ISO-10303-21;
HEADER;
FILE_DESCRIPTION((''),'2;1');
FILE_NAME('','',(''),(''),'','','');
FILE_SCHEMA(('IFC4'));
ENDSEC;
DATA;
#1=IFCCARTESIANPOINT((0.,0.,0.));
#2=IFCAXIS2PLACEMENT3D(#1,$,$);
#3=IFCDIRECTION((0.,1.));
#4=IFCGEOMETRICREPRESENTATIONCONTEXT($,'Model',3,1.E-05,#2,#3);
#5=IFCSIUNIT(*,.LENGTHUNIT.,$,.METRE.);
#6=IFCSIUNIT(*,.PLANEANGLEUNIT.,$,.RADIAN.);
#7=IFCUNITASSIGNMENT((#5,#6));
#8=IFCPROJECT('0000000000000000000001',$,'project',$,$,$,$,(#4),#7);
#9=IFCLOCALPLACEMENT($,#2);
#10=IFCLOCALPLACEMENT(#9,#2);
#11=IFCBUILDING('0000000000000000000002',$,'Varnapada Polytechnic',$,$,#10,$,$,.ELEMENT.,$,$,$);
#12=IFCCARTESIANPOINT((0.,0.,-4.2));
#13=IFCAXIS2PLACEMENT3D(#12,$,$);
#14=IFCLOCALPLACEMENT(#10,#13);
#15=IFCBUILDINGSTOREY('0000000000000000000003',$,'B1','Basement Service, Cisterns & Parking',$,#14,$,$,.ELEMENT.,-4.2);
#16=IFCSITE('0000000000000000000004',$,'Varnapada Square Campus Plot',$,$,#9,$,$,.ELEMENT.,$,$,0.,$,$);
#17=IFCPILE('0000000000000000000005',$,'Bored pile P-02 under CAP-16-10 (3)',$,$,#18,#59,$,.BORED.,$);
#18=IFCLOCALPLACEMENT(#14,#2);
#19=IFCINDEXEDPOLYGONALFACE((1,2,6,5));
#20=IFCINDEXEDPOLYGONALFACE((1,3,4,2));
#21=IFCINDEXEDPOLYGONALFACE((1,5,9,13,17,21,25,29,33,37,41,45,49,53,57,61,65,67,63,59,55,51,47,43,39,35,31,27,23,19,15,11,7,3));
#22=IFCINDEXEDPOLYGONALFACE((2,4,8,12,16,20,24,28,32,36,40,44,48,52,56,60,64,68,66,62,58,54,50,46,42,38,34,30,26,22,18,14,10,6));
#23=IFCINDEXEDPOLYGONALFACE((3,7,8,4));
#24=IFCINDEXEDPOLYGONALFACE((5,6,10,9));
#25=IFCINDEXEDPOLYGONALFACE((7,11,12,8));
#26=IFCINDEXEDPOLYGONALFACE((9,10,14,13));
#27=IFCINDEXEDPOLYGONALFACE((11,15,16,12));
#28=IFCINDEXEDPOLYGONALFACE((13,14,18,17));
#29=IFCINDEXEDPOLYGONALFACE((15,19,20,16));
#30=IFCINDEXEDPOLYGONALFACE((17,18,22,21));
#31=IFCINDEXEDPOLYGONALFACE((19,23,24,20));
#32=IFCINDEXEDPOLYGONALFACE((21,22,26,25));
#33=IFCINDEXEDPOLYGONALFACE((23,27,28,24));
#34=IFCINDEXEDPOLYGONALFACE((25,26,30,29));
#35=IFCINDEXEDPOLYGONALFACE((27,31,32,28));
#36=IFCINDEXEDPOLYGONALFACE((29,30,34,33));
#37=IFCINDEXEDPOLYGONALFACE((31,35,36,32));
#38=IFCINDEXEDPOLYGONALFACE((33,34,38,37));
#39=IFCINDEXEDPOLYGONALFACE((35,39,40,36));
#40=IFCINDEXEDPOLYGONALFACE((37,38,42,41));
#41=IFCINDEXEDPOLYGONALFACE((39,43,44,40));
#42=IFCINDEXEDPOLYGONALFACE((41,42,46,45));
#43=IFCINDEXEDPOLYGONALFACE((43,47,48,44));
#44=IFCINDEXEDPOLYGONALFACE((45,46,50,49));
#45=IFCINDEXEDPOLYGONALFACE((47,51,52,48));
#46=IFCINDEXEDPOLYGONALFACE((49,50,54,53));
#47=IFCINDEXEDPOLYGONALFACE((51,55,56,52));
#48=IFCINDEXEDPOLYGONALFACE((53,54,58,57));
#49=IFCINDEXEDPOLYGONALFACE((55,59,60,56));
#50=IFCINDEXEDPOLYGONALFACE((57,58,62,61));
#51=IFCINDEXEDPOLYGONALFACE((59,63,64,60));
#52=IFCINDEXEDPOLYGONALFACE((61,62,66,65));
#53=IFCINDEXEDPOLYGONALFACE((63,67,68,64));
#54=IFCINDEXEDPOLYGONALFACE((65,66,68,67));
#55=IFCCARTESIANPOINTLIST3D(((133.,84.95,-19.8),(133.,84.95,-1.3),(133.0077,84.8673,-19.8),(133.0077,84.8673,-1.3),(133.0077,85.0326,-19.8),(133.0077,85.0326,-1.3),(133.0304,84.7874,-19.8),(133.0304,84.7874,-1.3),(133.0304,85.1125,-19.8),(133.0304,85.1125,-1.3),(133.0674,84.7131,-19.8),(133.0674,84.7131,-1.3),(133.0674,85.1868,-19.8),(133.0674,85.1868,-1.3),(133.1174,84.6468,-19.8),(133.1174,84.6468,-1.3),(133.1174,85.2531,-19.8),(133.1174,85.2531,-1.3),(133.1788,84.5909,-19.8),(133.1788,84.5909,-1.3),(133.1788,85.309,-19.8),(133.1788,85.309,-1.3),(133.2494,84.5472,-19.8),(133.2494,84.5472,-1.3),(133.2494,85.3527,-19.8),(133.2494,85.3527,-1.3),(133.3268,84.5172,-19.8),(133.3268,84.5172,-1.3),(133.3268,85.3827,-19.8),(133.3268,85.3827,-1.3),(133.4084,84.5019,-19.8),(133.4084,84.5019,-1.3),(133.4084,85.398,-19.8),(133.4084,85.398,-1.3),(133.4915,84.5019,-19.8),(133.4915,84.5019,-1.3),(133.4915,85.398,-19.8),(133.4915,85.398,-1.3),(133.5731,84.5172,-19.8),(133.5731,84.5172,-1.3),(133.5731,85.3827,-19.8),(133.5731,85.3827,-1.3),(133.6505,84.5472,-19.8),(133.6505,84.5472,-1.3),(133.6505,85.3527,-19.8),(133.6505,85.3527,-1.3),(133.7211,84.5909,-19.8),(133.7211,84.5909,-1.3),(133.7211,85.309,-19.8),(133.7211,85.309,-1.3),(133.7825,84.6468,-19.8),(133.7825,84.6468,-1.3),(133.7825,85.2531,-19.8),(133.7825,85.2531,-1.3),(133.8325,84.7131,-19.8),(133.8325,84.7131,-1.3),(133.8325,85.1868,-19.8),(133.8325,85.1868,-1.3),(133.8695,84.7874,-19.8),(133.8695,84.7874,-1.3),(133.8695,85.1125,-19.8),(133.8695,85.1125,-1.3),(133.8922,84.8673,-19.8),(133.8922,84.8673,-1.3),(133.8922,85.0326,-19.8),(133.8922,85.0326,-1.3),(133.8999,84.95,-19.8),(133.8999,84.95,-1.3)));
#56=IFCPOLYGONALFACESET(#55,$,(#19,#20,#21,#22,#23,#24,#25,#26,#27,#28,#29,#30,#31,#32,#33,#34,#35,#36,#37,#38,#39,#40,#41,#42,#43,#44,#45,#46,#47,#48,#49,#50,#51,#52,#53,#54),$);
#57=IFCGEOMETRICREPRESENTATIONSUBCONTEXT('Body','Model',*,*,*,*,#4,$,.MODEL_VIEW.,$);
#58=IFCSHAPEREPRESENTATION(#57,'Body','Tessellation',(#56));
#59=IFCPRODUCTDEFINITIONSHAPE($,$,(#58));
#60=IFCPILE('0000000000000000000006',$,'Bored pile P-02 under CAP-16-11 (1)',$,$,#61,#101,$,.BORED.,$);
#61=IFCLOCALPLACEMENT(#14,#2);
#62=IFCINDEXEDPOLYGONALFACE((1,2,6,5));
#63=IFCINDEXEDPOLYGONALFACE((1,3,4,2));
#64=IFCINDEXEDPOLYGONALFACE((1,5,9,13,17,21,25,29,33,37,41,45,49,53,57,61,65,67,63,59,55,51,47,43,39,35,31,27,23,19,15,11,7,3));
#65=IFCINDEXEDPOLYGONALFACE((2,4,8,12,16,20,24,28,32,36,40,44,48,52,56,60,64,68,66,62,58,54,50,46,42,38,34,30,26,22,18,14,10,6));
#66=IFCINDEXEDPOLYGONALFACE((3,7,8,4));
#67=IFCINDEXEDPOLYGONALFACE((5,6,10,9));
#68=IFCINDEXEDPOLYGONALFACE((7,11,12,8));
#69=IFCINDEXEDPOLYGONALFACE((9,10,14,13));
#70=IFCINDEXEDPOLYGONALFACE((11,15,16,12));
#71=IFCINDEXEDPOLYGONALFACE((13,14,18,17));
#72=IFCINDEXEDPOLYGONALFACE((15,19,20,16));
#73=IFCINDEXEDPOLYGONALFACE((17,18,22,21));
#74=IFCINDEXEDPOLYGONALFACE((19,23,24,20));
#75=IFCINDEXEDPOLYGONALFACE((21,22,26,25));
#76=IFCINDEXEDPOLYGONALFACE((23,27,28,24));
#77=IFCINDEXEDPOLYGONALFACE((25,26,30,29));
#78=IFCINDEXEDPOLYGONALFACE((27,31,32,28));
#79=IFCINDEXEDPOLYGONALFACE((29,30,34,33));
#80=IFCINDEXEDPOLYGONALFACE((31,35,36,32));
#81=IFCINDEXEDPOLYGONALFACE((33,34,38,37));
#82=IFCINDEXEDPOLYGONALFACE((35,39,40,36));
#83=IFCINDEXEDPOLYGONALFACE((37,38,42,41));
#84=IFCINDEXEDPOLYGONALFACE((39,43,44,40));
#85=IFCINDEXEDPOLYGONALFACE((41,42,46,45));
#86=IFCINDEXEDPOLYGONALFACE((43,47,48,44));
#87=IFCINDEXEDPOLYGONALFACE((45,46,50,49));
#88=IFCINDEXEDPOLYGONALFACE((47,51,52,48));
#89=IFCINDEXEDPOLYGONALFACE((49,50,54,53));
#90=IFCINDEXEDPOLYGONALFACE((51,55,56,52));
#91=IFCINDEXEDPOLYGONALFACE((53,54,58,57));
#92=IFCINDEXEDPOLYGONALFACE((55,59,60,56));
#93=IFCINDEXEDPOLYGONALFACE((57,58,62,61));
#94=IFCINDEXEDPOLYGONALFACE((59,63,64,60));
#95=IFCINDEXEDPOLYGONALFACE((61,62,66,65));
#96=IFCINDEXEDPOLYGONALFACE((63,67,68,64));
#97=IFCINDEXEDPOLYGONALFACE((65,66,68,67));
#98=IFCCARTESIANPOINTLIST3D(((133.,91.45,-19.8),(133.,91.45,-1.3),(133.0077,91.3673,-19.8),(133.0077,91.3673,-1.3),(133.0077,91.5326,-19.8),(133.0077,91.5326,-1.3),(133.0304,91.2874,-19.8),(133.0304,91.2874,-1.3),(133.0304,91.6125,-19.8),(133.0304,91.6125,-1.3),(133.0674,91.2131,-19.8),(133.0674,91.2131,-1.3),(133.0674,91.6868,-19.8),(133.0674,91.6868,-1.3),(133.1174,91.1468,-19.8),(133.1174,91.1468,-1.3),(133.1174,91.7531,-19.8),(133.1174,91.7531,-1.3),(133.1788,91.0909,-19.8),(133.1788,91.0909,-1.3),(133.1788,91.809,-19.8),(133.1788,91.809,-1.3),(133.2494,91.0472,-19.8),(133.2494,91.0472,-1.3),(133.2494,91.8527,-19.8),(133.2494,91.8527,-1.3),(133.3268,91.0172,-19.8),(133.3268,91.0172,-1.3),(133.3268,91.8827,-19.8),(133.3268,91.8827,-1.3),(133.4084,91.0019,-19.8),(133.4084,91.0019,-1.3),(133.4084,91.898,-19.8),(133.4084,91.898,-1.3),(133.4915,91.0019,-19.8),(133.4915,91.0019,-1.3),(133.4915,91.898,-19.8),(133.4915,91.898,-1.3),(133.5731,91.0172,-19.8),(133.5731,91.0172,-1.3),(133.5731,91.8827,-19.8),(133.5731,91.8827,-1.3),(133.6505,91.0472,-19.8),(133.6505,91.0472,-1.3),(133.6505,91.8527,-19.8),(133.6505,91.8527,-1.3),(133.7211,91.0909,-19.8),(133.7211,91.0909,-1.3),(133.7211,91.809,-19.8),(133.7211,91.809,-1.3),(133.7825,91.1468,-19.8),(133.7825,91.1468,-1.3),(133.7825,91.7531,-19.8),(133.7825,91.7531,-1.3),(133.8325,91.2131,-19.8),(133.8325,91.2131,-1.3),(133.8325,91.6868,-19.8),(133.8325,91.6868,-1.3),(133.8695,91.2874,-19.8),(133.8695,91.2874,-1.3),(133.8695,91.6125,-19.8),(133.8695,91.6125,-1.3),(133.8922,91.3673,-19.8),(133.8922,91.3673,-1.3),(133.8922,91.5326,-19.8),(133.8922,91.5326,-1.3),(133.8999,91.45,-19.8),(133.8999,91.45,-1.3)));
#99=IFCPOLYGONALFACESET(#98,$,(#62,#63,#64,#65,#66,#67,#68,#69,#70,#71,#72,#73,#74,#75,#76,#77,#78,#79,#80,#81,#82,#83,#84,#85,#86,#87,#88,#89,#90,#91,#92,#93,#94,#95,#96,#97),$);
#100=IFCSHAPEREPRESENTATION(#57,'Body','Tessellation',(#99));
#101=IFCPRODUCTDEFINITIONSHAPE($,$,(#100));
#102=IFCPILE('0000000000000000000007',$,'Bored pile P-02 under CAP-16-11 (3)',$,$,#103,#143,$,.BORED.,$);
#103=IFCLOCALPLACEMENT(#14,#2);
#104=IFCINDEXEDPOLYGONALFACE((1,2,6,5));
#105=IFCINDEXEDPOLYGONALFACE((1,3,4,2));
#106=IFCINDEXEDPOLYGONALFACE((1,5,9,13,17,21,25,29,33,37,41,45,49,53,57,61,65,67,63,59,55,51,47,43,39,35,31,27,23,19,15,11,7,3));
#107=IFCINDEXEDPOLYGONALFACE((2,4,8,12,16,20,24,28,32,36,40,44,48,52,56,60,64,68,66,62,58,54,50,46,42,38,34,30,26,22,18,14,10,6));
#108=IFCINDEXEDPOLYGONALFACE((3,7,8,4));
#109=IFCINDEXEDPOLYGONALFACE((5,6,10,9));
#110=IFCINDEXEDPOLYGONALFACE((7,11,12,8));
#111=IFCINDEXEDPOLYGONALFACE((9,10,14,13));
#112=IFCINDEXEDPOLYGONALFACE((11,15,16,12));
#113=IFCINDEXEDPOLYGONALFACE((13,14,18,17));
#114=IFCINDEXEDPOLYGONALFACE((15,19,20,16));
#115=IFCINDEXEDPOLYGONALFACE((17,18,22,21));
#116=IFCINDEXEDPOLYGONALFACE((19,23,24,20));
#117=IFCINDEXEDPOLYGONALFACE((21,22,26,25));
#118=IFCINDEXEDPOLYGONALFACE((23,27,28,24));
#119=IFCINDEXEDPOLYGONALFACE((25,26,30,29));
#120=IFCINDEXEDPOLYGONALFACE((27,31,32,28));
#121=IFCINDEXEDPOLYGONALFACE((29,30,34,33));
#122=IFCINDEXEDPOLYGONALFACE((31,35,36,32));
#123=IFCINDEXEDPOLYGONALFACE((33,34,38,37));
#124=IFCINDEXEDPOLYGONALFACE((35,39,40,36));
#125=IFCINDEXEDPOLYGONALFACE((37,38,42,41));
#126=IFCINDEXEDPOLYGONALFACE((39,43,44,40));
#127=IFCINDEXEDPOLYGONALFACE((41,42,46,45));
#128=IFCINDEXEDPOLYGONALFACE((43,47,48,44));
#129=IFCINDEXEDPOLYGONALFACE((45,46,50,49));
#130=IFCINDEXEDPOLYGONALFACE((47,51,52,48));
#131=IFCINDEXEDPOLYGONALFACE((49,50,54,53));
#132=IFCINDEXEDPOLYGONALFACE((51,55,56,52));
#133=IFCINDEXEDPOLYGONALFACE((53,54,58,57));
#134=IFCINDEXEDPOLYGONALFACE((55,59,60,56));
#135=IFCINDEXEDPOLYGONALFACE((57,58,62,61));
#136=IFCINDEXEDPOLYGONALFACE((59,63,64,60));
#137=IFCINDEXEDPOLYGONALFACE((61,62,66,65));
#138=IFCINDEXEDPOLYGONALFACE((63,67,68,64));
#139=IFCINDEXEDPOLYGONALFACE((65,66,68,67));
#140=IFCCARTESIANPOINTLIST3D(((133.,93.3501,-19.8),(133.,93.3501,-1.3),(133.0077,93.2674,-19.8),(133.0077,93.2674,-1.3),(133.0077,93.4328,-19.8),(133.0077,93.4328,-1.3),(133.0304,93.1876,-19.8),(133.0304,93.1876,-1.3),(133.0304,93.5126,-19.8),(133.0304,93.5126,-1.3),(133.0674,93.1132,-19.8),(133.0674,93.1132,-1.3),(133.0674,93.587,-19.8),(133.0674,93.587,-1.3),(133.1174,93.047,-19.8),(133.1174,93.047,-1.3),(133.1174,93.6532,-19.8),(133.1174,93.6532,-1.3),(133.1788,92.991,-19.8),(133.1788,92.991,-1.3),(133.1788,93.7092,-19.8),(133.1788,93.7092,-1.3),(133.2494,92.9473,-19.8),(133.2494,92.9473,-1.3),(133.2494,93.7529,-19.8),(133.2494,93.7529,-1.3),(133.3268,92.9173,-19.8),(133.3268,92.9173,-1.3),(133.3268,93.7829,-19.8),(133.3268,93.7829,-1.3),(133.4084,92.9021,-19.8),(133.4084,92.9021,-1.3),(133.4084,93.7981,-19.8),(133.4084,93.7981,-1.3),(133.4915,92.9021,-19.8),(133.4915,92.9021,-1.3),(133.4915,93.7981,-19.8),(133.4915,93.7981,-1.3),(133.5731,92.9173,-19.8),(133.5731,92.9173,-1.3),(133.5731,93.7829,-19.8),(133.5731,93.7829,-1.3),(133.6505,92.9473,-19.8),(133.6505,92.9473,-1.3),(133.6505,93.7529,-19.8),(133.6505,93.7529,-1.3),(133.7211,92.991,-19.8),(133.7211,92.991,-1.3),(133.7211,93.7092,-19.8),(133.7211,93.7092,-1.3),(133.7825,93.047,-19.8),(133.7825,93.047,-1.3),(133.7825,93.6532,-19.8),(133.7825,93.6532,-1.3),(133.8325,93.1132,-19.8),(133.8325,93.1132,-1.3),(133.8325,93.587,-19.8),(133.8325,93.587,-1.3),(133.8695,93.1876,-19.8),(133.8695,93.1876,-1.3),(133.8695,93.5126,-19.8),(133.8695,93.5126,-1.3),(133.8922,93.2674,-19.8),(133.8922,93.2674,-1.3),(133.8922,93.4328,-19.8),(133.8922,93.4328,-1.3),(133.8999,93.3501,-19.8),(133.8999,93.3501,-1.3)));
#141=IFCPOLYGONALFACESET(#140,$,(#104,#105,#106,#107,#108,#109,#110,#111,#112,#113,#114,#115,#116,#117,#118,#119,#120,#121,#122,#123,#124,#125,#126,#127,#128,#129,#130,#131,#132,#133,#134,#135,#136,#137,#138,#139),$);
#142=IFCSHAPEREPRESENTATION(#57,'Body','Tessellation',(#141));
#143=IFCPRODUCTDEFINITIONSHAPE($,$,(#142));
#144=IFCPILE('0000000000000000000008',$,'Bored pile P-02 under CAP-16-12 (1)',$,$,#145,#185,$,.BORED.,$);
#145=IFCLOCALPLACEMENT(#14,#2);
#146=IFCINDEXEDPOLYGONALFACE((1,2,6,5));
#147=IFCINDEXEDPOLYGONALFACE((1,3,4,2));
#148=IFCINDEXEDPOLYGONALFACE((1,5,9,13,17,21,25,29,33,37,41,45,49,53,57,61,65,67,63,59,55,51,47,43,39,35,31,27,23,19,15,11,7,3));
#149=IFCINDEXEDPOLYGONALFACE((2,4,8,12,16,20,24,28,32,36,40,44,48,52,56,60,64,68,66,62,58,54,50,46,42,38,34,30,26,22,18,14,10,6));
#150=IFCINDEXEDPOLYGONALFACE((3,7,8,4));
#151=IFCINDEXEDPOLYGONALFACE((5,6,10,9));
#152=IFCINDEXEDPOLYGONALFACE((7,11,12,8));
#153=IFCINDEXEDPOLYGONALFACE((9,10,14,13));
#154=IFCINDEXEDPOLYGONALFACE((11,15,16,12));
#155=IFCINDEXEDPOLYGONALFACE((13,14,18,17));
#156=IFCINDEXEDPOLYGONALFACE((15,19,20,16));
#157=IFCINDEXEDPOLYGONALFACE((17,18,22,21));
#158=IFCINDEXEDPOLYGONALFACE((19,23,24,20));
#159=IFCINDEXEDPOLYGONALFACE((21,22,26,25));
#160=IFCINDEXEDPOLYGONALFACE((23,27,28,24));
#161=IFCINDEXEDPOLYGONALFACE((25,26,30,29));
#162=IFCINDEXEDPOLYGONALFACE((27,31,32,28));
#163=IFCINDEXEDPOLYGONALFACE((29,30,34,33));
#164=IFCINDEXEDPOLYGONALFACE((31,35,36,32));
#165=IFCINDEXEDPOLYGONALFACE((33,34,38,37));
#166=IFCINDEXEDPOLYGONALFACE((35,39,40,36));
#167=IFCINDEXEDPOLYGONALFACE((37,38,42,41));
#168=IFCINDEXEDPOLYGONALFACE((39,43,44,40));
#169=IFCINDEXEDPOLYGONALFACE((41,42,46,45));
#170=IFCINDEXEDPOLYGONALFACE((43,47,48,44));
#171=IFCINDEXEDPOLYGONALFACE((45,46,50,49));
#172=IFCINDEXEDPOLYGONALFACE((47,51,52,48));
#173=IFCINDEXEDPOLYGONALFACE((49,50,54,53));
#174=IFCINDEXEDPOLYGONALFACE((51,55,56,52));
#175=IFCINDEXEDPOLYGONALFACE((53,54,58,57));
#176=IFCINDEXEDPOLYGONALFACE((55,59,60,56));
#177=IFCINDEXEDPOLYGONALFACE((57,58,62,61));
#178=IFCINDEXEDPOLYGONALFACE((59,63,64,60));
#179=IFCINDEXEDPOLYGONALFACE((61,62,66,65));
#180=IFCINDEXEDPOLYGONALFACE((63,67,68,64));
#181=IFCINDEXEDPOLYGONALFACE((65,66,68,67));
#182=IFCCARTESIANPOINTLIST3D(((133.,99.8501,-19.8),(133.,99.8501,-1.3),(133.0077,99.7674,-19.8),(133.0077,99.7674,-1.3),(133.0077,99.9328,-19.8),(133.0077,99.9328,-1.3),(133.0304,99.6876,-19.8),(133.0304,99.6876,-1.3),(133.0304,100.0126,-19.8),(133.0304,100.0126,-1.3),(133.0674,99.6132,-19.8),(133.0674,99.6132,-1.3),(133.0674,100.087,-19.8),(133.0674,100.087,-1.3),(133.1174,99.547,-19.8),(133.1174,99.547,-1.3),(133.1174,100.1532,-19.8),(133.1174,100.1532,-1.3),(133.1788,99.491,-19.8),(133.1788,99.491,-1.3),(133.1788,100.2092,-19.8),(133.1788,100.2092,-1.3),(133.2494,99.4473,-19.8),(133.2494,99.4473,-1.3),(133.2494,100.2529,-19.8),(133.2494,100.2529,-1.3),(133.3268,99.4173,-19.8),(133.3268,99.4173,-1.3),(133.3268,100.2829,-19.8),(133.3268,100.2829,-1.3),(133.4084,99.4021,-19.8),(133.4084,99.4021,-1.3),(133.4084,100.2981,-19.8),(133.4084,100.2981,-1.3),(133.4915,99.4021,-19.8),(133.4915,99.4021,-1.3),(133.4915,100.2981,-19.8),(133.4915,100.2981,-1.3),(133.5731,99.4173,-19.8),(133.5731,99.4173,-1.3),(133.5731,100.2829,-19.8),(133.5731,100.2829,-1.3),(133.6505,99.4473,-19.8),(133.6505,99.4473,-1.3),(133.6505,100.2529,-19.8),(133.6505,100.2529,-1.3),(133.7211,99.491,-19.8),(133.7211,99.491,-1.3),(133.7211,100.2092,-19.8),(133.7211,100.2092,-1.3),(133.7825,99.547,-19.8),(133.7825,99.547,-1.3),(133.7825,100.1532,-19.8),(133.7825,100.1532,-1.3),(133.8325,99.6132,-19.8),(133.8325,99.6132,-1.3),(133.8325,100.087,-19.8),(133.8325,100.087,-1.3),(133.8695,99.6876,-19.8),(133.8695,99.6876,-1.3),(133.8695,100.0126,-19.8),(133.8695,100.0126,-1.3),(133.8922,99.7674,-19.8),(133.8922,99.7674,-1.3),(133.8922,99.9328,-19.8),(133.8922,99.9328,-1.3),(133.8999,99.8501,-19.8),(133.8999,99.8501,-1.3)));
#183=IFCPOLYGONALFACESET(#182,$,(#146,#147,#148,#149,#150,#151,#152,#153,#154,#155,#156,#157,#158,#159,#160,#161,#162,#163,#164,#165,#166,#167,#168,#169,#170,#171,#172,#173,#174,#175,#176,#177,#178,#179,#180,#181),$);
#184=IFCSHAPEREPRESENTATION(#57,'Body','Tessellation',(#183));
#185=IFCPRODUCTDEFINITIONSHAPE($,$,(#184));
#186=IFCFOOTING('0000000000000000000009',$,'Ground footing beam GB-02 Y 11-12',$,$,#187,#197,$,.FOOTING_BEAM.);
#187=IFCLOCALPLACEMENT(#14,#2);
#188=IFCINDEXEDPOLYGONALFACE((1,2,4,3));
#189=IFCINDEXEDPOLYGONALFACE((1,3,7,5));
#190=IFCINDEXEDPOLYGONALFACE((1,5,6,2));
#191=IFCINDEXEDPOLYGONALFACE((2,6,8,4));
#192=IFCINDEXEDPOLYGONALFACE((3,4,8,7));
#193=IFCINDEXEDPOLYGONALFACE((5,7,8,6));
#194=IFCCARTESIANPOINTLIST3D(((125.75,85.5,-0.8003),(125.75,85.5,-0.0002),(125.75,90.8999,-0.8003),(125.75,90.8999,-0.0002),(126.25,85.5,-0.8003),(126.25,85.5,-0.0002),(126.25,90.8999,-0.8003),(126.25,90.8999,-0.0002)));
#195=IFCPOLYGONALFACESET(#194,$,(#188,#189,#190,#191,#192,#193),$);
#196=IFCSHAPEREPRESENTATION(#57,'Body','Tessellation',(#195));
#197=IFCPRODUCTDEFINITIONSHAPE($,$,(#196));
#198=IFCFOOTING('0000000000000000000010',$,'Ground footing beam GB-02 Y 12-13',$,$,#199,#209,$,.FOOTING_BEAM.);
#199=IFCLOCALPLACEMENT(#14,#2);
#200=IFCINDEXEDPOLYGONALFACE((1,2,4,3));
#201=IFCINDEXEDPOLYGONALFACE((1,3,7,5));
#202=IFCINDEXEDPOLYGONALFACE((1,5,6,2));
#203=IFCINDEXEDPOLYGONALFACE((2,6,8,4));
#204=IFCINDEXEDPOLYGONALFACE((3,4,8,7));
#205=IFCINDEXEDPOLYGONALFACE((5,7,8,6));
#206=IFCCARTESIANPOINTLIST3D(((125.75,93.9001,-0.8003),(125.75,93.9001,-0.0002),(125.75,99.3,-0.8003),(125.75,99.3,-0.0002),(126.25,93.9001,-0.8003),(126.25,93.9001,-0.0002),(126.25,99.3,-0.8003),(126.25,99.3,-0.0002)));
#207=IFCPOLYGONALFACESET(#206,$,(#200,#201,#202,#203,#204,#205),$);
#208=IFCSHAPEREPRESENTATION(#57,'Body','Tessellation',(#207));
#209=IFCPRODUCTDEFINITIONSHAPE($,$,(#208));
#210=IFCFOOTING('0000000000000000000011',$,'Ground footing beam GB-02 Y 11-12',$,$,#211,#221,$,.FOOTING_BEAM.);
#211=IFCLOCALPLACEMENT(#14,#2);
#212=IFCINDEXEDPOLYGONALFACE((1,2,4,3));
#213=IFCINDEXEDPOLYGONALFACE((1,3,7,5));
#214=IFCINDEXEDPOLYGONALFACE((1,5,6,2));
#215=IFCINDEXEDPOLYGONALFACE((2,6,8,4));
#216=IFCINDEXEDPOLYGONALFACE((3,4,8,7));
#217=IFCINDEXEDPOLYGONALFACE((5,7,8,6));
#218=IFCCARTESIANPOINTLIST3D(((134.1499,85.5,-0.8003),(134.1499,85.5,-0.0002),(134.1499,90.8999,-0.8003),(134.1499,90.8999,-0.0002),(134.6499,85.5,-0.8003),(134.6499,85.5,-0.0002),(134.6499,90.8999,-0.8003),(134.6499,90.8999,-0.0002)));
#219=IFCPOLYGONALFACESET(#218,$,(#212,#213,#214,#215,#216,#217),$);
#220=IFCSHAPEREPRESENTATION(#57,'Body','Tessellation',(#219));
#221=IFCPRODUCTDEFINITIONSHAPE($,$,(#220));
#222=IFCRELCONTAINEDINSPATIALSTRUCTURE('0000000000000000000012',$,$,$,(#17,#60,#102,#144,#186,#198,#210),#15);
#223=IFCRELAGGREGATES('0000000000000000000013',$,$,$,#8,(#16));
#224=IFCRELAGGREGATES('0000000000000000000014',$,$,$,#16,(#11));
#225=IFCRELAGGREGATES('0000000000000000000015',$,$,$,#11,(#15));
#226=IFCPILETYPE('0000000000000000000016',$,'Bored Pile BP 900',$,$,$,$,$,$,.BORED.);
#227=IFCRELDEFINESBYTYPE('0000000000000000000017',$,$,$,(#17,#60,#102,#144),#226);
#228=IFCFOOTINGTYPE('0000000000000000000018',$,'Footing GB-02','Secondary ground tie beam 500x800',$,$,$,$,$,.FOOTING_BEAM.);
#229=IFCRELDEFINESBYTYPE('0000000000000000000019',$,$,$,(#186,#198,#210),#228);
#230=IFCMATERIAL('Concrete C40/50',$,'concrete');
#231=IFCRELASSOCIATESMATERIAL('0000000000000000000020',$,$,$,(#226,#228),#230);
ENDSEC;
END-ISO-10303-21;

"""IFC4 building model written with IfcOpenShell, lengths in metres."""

from ifc_helpers import new_model, si_unit, direction, frame, origin, origin_2d, place, context, subcontext, project, spatial, rectangle, circle, extrude, material, material_profile, profile_set, type_object, element, save


model = new_model("IFC4")

# Units and contexts
model_context = context("Model", 3, precision=1e-05, world=origin(), true_north=direction((0.0, 1.0)))
body_context = subcontext(model_context, "Body", "Model", "MODEL_VIEW")
ifc_project = project(units=[si_unit("LENGTHUNIT", "METRE"), si_unit("PLANEANGLEUNIT", "RADIAN")], contexts=[model_context])

# Site, building, storey
site_placement = place(None, origin())
site = spatial("IfcSite", under=ifc_project, at=site_placement, Name="Varnapada Square Campus Plot", CompositionType="ELEMENT", RefElevation=0.0)
building_placement = place(site_placement, origin())
building = spatial("IfcBuilding", under=site, at=building_placement, Name="Varnapada Polytechnic", CompositionType="ELEMENT")
storey_placement = place(building_placement, frame((0.0, 0.0, -4.2)))
storey = spatial("IfcBuildingStorey", under=building, at=storey_placement, Name="B1", Description="Basement Service, Cisterns & Parking", CompositionType="ELEMENT", Elevation=-4.2)

# Piles
ifc_material_1 = material(Name="Concrete C40/50", Category="concrete")
ifc_material_profile_1 = material_profile(ifc_material_1, circle(Radius=0.45, at=origin_2d()), Name="BP 900")
ifc_profile_set_1 = profile_set([ifc_material_profile_1], Name="Concrete C40/50")
pile_type = type_object("IfcPileType", Name="Bored Pile BP 900", PredefinedType="BORED", material=ifc_profile_set_1)
for number, where, z_axis, x_axis, name in (
    (1, (133.45, 84.95, -1.3), (0.0, 0.0, -1.0), (1.0, 0.0, 0.0), "Bored pile P-02 under CAP-16-10 (3)"),
    (2, (133.45, 91.45, -1.3), (0.0, 0.0, -1.0), (1.0, 0.0, 0.0), "Bored pile P-02 under CAP-16-11 (1)"),
    (3, (133.45, 93.3501, -1.3), (0.0, 0.0, -1.0), (1.0, 0.0, 0.0), "Bored pile P-02 under CAP-16-11 (3)"),
    (4, (133.45, 99.8501, -1.3), (0.0, 0.0, -1.0), (1.0, 0.0, 0.0), "Bored pile P-02 under CAP-16-12 (1)"),
):
    element("IfcPile", number, at=place(storey_placement, frame(where, z_axis=z_axis, x_axis=x_axis)), inside=storey, type_object=pile_type, Name=name, PredefinedType="BORED", context=body_context, shape_type="SweptSolid", body=[
        extrude(circle(Radius=0.45, at=origin_2d()), origin(), (0.0, 0.0, 1.0), 18.5),
    ])

# Footings
footing_type_1 = type_object("IfcFootingType", Name="Footing GB-02", Description="Secondary ground tie beam 500x800", PredefinedType="FOOTING_BEAM", material=ifc_material_1)
for number, where, z_axis, x_axis, name in (
    (5, (126.0, 88.2, -0.8003), (0.0, 0.0, 1.0), (0.0, 1.0, 0.0), "Ground footing beam GB-02 Y 11-12"),
    (6, (126.0, 96.6001, -0.8003), (0.0, 0.0, 1.0), (0.0, 1.0, 0.0), "Ground footing beam GB-02 Y 12-13"),
    (7, (134.3999, 88.2, -0.8003), (0.0, 0.0, 1.0), (0.0, 1.0, 0.0), "Ground footing beam GB-02 Y 11-12"),
):
    element("IfcFooting", number, at=place(storey_placement, frame(where, z_axis=z_axis, x_axis=x_axis)), inside=storey, type_object=footing_type_1, Name=name, PredefinedType="FOOTING_BEAM", context=body_context, shape_type="SweptSolid", body=[
        extrude(rectangle(XDim=5.3999, YDim=0.5, at=origin_2d()), origin(), (0.0, 0.0, 1.0), 0.8),
    ])

save(model, "model.ifc")
